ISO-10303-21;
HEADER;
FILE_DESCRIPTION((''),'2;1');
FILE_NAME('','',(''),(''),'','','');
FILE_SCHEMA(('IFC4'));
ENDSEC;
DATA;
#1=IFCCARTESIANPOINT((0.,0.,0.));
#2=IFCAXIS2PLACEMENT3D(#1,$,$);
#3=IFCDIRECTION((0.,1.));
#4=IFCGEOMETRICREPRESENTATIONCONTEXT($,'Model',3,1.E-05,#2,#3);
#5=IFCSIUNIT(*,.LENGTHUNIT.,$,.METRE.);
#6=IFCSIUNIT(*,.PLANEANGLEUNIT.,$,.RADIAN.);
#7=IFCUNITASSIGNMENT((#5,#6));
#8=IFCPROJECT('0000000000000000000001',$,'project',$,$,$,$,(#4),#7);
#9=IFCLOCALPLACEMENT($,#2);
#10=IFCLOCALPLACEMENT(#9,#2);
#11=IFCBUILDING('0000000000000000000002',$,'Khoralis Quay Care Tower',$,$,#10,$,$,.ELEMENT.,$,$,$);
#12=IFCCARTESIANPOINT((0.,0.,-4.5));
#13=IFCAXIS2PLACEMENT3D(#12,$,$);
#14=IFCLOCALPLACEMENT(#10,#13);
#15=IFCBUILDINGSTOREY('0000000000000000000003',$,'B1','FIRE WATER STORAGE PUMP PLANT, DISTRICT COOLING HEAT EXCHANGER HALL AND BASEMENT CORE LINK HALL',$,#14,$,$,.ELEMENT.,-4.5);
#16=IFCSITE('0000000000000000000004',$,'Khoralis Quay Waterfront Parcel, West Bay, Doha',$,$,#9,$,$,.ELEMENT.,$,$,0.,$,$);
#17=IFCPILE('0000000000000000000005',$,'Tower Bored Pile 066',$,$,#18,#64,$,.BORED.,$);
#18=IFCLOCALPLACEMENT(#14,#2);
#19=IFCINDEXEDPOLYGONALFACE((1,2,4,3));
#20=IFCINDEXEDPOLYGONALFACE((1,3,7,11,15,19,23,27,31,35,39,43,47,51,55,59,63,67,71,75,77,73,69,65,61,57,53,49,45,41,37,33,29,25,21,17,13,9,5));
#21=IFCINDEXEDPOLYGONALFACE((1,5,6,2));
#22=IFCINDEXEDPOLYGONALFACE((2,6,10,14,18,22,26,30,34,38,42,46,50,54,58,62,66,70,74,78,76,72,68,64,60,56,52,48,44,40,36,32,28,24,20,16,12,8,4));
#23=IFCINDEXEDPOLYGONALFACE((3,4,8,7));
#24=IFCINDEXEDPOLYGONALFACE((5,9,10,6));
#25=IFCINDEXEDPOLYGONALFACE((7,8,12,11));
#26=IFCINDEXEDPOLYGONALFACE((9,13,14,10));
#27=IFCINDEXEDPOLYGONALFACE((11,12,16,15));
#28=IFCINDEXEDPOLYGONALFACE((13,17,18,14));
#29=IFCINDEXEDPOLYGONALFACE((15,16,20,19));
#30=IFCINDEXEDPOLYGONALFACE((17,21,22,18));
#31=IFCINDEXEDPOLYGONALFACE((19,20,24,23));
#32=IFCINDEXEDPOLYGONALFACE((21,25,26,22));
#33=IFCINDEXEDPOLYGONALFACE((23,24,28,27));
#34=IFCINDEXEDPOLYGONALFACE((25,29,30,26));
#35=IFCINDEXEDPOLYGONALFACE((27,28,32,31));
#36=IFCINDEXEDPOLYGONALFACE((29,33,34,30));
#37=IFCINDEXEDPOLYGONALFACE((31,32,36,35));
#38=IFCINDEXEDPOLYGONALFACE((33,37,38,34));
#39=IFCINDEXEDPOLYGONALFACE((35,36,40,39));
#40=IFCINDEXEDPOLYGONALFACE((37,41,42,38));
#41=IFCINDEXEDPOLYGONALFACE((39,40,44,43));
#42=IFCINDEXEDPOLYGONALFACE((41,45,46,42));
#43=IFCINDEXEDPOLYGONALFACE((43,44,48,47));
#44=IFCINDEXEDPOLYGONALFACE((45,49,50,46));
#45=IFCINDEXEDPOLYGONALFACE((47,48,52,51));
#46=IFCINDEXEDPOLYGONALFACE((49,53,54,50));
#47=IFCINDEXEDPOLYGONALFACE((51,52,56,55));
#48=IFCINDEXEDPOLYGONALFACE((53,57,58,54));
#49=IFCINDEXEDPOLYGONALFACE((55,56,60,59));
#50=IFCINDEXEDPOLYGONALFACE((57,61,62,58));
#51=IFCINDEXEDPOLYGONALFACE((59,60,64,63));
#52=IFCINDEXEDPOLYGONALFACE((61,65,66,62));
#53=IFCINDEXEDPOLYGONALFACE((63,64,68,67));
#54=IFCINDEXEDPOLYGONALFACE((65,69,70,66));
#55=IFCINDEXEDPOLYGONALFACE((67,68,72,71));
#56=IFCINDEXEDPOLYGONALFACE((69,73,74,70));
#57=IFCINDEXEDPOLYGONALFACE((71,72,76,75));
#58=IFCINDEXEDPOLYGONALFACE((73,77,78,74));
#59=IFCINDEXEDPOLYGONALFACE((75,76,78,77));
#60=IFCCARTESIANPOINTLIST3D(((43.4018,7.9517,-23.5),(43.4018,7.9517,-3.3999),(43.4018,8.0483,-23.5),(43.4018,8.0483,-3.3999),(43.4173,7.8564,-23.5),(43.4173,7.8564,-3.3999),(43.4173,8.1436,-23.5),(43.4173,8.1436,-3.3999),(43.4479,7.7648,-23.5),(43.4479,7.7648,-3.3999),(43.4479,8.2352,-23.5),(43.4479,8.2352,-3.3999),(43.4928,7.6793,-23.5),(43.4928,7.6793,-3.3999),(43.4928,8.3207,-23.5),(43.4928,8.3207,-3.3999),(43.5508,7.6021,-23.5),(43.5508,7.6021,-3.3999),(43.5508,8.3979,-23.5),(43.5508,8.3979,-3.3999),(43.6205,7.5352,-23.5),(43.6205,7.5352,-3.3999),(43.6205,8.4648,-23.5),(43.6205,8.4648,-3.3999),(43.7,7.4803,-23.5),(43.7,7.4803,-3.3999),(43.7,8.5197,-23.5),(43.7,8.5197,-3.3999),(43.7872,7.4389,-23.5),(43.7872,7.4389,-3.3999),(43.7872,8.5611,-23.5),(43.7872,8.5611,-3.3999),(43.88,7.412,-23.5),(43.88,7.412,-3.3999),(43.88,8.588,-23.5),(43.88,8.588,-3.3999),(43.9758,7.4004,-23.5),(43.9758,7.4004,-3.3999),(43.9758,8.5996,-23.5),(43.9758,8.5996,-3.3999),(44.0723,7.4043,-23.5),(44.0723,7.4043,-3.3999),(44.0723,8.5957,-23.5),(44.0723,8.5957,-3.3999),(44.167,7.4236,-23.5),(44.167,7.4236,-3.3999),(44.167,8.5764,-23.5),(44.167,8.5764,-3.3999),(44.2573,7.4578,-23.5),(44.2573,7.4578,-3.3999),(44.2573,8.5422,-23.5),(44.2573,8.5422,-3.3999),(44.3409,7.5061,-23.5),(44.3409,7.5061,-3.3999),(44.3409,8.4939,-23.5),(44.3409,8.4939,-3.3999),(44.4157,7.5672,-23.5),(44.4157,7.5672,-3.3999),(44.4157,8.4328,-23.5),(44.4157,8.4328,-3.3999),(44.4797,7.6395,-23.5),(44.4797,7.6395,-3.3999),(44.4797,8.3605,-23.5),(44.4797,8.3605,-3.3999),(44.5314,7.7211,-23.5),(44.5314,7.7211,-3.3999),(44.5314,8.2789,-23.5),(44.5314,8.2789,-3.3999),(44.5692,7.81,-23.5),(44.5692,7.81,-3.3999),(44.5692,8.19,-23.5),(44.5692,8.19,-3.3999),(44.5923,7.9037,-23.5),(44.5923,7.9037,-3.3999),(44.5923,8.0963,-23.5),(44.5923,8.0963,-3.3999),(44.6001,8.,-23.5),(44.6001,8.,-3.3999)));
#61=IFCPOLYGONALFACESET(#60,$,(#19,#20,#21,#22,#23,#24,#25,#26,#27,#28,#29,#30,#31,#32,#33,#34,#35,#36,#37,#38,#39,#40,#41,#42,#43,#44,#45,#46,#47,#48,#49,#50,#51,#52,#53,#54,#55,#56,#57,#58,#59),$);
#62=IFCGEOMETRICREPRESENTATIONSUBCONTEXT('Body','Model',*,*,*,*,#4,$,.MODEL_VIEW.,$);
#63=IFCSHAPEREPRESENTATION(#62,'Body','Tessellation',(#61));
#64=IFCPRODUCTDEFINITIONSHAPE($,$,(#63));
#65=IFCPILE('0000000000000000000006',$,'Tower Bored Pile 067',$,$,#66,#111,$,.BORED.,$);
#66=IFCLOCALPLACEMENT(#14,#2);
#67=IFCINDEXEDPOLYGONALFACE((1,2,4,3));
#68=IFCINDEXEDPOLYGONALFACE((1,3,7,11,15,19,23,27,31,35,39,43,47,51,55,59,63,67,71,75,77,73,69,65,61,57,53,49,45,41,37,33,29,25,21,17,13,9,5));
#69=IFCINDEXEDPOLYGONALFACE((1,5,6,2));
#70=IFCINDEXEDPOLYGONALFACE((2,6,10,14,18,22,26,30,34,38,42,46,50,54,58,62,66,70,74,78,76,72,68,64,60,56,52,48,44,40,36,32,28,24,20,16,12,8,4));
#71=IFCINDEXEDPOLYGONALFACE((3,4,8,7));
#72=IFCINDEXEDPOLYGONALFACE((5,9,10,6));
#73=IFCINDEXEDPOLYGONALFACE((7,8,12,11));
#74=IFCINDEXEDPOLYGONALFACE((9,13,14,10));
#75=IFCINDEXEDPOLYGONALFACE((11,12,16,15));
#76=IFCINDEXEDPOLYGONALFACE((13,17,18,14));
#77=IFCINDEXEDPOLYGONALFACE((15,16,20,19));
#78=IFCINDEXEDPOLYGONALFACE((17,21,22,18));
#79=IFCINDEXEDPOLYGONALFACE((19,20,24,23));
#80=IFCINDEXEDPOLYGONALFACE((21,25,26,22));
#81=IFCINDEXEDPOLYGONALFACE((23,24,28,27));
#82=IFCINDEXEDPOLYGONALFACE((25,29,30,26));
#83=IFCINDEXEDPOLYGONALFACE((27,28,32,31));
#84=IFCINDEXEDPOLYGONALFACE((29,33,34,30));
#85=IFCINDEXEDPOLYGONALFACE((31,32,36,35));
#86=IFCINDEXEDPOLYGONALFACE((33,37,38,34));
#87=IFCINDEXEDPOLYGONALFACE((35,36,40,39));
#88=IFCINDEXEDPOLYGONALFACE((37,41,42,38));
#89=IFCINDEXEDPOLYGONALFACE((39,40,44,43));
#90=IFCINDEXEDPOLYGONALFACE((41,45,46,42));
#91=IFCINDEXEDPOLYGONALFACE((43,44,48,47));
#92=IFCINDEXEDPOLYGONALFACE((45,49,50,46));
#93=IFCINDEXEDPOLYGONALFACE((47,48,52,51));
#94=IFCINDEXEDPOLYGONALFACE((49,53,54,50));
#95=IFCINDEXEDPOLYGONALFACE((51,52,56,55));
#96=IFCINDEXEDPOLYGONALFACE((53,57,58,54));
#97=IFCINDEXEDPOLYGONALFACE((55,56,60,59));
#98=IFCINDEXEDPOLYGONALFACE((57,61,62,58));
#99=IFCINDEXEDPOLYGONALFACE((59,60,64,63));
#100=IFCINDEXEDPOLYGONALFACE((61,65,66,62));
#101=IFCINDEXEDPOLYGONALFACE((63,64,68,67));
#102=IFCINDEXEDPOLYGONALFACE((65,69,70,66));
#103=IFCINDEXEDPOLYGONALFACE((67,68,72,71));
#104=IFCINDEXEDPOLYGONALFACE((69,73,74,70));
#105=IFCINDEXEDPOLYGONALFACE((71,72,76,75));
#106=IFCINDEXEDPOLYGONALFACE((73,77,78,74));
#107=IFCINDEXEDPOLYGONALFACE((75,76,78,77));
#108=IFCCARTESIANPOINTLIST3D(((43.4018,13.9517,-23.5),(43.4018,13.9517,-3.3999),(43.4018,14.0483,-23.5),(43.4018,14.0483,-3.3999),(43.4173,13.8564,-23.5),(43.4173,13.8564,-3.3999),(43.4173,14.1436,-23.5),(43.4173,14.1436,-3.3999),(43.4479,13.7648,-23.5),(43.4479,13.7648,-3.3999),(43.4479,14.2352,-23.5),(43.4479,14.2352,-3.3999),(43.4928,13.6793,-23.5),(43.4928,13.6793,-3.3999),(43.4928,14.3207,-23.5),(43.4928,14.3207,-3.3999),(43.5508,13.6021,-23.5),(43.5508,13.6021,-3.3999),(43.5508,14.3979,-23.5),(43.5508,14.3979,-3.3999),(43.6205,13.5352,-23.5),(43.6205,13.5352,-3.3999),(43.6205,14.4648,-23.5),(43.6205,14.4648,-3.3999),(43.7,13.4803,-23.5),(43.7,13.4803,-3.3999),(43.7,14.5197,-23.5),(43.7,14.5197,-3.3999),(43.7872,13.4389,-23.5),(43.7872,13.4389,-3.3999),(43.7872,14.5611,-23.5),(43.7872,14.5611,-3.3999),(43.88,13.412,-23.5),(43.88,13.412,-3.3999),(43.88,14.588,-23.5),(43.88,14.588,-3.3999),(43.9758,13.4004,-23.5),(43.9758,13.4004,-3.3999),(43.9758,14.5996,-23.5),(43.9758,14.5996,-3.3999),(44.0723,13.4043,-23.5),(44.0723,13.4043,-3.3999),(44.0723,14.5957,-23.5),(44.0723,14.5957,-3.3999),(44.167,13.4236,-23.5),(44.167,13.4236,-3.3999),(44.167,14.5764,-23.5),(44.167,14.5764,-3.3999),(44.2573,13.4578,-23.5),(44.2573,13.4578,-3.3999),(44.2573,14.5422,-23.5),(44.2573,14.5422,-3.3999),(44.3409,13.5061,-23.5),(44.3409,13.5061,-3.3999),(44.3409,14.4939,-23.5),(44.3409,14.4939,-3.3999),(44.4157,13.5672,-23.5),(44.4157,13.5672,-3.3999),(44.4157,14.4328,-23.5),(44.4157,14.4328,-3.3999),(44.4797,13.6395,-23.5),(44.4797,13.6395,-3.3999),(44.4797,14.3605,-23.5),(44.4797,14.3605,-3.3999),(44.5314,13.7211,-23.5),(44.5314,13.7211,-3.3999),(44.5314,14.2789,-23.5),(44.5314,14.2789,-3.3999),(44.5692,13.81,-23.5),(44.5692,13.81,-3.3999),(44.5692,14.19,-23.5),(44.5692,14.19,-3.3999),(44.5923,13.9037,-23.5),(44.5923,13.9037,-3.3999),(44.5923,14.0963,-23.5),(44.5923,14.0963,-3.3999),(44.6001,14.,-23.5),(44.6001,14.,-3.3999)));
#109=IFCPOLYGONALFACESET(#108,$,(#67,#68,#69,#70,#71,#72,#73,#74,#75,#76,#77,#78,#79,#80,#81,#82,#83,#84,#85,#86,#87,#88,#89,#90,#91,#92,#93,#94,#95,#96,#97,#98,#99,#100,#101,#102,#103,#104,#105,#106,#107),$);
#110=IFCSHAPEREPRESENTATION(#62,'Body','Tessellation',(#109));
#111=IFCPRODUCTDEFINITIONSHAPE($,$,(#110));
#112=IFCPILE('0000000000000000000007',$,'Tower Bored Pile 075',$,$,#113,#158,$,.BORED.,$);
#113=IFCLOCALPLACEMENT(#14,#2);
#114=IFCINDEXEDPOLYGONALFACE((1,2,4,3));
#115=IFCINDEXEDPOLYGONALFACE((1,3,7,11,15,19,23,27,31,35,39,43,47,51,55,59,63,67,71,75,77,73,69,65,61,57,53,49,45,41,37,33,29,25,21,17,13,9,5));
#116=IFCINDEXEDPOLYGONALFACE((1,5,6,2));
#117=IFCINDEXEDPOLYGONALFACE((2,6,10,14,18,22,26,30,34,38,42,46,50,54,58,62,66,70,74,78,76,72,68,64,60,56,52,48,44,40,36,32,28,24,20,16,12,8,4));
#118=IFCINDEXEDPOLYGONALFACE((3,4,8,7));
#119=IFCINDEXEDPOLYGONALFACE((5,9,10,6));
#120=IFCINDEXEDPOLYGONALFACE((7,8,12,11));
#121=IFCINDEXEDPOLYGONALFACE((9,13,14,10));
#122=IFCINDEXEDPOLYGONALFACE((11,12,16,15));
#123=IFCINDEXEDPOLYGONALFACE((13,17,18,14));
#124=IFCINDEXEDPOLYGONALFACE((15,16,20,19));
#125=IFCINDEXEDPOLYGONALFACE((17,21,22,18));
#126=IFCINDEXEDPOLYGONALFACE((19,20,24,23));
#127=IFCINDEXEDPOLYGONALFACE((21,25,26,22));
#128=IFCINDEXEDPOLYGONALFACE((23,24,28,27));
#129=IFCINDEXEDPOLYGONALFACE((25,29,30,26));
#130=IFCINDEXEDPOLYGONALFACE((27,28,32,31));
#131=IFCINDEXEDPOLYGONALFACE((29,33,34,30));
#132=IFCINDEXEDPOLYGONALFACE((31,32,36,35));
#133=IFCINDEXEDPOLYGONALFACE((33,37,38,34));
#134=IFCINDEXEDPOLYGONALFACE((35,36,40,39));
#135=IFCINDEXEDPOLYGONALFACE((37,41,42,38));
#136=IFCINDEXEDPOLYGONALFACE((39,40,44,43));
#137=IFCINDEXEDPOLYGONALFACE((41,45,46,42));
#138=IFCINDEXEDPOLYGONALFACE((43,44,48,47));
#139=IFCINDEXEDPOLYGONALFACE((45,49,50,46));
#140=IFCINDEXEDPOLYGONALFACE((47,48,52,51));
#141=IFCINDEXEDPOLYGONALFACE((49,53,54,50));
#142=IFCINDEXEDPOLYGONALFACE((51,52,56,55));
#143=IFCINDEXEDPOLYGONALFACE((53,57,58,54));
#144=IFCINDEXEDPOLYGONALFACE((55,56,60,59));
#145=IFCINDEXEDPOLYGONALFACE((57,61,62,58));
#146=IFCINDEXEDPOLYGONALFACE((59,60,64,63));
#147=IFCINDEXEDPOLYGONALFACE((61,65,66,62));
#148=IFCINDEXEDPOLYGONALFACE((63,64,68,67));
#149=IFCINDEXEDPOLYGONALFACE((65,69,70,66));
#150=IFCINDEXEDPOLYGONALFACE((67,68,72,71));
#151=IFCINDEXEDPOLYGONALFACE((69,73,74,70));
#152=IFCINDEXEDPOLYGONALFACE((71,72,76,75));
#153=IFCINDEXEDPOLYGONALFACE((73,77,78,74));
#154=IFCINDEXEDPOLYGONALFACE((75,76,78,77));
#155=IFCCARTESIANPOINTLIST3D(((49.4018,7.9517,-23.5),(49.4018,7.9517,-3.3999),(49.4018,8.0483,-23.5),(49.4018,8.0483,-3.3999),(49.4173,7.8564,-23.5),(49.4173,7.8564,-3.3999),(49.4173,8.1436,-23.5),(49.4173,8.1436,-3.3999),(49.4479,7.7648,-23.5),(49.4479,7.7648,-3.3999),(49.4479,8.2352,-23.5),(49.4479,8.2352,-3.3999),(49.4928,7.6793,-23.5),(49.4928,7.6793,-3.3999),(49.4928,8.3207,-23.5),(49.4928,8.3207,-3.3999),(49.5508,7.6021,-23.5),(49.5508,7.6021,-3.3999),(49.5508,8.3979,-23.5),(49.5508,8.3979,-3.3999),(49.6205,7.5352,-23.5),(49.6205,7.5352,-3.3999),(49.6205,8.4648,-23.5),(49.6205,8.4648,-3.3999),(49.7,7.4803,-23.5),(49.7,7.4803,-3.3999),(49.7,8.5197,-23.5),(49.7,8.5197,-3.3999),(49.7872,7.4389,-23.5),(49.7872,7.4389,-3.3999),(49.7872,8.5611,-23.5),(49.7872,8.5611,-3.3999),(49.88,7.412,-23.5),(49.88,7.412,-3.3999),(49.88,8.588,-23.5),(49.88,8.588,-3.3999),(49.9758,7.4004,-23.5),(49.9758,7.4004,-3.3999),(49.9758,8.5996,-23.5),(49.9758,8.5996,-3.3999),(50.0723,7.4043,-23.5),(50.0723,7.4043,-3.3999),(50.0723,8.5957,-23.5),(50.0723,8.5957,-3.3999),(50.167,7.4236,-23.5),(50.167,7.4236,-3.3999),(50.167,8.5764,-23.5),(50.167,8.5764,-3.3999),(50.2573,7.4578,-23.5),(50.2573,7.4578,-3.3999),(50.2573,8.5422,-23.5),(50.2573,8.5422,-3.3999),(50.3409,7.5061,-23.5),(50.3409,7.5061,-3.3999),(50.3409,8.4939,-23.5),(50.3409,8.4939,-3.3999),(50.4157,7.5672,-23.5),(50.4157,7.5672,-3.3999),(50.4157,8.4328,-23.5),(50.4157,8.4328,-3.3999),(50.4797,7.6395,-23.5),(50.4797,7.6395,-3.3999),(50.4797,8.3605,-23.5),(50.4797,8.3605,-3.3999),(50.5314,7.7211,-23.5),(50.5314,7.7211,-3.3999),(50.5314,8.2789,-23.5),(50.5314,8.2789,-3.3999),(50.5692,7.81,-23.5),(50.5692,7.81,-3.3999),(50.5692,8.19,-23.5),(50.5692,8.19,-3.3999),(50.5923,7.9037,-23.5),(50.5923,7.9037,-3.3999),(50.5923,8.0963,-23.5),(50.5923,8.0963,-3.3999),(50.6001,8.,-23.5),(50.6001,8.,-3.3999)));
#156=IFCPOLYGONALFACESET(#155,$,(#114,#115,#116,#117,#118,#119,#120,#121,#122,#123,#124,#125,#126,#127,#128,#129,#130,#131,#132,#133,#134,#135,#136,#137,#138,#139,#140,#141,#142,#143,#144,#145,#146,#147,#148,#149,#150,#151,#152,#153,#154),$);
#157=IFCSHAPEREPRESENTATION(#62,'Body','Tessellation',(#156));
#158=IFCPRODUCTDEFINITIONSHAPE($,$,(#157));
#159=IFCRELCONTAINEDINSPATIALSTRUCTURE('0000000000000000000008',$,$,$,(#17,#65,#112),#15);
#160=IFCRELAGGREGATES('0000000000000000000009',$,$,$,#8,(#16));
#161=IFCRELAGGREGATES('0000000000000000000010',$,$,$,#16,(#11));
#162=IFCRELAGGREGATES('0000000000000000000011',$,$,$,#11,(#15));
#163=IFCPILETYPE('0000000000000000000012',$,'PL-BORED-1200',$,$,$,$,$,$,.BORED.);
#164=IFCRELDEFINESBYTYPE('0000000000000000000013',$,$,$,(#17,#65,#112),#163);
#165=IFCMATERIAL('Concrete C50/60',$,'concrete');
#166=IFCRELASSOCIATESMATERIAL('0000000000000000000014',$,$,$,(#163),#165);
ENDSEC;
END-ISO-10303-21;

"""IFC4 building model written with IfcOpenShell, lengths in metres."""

from ifc_helpers import new_model, si_unit, direction, frame, origin, origin_2d, place, context, subcontext, project, spatial, circle, extrude, source, transform, mapped, material, material_profile, profile_set, type_object, element, save


model = new_model("IFC4")

# Units and contexts
model_context = context("Model", 3, precision=1e-05, world=origin(), true_north=direction((0.0, 1.0)))
body_context = subcontext(model_context, "Body", "Model", "MODEL_VIEW")
ifc_project = project(units=[si_unit("LENGTHUNIT", "METRE"), si_unit("PLANEANGLEUNIT", "RADIAN")], contexts=[model_context])

# Site, building, storey
site_placement = place(None, origin())
site = spatial("IfcSite", under=ifc_project, at=site_placement, Name="Khoralis Quay Waterfront Parcel, West Bay, Doha", CompositionType="ELEMENT", RefElevation=0.0)
building_placement = place(site_placement, origin())
building = spatial("IfcBuilding", under=site, at=building_placement, Name="Khoralis Quay Care Tower", CompositionType="ELEMENT")
storey_placement = place(building_placement, frame((0.0, 0.0, -4.5)))
storey = spatial("IfcBuildingStorey", under=building, at=storey_placement, Name="B1", Description="FIRE WATER STORAGE PUMP PLANT, DISTRICT COOLING HEAT EXCHANGER HALL AND BASEMENT CORE LINK HALL", CompositionType="ELEMENT", Elevation=-4.5)

# Piles
ifc_material_1 = material(Name="Concrete C50/60", Category="concrete")
ifc_material_profile_1 = material_profile(ifc_material_1, circle(Radius=0.6001, at=origin_2d()), Name="Concrete C50/60")
ifc_profile_set_1 = profile_set([ifc_material_profile_1], Name="Concrete C50/60")
pile_type_1 = type_object("IfcPileType", Name="PL-BORED-1200", PredefinedType="BORED", material=ifc_profile_set_1)
shared_shape_1 = source(origin(), body_context, "Body", "SweptSolid", [
    extrude(circle(Radius=0.6001, at=origin_2d()), origin(), (0.0, 0.0, 1.0), 20.1001),
])
for number, where, z_axis, x_axis, name in (
    (1, (44.0, 8.0, -3.3999), (0.0, 0.0, -1.0), (1.0, 0.0, 0.0), "Tower Bored Pile 066"),
    (2, (44.0, 14.0, -3.3999), (0.0, 0.0, -1.0), (1.0, 0.0, 0.0), "Tower Bored Pile 067"),
    (3, (50.0, 8.0, -3.3999), (0.0, 0.0, -1.0), (1.0, 0.0, 0.0), "Tower Bored Pile 075"),
):
    element("IfcPile", number, at=place(storey_placement, frame(where, z_axis=z_axis, x_axis=x_axis)), inside=storey, type_object=pile_type_1, Name=name, PredefinedType="BORED", context=body_context, shape_type="MappedRepresentation", body=[
        mapped(shared_shape_1, transform((0.0, 0.0, 0.0), scale=1.0)),
    ])

save(model, "model.ifc")
